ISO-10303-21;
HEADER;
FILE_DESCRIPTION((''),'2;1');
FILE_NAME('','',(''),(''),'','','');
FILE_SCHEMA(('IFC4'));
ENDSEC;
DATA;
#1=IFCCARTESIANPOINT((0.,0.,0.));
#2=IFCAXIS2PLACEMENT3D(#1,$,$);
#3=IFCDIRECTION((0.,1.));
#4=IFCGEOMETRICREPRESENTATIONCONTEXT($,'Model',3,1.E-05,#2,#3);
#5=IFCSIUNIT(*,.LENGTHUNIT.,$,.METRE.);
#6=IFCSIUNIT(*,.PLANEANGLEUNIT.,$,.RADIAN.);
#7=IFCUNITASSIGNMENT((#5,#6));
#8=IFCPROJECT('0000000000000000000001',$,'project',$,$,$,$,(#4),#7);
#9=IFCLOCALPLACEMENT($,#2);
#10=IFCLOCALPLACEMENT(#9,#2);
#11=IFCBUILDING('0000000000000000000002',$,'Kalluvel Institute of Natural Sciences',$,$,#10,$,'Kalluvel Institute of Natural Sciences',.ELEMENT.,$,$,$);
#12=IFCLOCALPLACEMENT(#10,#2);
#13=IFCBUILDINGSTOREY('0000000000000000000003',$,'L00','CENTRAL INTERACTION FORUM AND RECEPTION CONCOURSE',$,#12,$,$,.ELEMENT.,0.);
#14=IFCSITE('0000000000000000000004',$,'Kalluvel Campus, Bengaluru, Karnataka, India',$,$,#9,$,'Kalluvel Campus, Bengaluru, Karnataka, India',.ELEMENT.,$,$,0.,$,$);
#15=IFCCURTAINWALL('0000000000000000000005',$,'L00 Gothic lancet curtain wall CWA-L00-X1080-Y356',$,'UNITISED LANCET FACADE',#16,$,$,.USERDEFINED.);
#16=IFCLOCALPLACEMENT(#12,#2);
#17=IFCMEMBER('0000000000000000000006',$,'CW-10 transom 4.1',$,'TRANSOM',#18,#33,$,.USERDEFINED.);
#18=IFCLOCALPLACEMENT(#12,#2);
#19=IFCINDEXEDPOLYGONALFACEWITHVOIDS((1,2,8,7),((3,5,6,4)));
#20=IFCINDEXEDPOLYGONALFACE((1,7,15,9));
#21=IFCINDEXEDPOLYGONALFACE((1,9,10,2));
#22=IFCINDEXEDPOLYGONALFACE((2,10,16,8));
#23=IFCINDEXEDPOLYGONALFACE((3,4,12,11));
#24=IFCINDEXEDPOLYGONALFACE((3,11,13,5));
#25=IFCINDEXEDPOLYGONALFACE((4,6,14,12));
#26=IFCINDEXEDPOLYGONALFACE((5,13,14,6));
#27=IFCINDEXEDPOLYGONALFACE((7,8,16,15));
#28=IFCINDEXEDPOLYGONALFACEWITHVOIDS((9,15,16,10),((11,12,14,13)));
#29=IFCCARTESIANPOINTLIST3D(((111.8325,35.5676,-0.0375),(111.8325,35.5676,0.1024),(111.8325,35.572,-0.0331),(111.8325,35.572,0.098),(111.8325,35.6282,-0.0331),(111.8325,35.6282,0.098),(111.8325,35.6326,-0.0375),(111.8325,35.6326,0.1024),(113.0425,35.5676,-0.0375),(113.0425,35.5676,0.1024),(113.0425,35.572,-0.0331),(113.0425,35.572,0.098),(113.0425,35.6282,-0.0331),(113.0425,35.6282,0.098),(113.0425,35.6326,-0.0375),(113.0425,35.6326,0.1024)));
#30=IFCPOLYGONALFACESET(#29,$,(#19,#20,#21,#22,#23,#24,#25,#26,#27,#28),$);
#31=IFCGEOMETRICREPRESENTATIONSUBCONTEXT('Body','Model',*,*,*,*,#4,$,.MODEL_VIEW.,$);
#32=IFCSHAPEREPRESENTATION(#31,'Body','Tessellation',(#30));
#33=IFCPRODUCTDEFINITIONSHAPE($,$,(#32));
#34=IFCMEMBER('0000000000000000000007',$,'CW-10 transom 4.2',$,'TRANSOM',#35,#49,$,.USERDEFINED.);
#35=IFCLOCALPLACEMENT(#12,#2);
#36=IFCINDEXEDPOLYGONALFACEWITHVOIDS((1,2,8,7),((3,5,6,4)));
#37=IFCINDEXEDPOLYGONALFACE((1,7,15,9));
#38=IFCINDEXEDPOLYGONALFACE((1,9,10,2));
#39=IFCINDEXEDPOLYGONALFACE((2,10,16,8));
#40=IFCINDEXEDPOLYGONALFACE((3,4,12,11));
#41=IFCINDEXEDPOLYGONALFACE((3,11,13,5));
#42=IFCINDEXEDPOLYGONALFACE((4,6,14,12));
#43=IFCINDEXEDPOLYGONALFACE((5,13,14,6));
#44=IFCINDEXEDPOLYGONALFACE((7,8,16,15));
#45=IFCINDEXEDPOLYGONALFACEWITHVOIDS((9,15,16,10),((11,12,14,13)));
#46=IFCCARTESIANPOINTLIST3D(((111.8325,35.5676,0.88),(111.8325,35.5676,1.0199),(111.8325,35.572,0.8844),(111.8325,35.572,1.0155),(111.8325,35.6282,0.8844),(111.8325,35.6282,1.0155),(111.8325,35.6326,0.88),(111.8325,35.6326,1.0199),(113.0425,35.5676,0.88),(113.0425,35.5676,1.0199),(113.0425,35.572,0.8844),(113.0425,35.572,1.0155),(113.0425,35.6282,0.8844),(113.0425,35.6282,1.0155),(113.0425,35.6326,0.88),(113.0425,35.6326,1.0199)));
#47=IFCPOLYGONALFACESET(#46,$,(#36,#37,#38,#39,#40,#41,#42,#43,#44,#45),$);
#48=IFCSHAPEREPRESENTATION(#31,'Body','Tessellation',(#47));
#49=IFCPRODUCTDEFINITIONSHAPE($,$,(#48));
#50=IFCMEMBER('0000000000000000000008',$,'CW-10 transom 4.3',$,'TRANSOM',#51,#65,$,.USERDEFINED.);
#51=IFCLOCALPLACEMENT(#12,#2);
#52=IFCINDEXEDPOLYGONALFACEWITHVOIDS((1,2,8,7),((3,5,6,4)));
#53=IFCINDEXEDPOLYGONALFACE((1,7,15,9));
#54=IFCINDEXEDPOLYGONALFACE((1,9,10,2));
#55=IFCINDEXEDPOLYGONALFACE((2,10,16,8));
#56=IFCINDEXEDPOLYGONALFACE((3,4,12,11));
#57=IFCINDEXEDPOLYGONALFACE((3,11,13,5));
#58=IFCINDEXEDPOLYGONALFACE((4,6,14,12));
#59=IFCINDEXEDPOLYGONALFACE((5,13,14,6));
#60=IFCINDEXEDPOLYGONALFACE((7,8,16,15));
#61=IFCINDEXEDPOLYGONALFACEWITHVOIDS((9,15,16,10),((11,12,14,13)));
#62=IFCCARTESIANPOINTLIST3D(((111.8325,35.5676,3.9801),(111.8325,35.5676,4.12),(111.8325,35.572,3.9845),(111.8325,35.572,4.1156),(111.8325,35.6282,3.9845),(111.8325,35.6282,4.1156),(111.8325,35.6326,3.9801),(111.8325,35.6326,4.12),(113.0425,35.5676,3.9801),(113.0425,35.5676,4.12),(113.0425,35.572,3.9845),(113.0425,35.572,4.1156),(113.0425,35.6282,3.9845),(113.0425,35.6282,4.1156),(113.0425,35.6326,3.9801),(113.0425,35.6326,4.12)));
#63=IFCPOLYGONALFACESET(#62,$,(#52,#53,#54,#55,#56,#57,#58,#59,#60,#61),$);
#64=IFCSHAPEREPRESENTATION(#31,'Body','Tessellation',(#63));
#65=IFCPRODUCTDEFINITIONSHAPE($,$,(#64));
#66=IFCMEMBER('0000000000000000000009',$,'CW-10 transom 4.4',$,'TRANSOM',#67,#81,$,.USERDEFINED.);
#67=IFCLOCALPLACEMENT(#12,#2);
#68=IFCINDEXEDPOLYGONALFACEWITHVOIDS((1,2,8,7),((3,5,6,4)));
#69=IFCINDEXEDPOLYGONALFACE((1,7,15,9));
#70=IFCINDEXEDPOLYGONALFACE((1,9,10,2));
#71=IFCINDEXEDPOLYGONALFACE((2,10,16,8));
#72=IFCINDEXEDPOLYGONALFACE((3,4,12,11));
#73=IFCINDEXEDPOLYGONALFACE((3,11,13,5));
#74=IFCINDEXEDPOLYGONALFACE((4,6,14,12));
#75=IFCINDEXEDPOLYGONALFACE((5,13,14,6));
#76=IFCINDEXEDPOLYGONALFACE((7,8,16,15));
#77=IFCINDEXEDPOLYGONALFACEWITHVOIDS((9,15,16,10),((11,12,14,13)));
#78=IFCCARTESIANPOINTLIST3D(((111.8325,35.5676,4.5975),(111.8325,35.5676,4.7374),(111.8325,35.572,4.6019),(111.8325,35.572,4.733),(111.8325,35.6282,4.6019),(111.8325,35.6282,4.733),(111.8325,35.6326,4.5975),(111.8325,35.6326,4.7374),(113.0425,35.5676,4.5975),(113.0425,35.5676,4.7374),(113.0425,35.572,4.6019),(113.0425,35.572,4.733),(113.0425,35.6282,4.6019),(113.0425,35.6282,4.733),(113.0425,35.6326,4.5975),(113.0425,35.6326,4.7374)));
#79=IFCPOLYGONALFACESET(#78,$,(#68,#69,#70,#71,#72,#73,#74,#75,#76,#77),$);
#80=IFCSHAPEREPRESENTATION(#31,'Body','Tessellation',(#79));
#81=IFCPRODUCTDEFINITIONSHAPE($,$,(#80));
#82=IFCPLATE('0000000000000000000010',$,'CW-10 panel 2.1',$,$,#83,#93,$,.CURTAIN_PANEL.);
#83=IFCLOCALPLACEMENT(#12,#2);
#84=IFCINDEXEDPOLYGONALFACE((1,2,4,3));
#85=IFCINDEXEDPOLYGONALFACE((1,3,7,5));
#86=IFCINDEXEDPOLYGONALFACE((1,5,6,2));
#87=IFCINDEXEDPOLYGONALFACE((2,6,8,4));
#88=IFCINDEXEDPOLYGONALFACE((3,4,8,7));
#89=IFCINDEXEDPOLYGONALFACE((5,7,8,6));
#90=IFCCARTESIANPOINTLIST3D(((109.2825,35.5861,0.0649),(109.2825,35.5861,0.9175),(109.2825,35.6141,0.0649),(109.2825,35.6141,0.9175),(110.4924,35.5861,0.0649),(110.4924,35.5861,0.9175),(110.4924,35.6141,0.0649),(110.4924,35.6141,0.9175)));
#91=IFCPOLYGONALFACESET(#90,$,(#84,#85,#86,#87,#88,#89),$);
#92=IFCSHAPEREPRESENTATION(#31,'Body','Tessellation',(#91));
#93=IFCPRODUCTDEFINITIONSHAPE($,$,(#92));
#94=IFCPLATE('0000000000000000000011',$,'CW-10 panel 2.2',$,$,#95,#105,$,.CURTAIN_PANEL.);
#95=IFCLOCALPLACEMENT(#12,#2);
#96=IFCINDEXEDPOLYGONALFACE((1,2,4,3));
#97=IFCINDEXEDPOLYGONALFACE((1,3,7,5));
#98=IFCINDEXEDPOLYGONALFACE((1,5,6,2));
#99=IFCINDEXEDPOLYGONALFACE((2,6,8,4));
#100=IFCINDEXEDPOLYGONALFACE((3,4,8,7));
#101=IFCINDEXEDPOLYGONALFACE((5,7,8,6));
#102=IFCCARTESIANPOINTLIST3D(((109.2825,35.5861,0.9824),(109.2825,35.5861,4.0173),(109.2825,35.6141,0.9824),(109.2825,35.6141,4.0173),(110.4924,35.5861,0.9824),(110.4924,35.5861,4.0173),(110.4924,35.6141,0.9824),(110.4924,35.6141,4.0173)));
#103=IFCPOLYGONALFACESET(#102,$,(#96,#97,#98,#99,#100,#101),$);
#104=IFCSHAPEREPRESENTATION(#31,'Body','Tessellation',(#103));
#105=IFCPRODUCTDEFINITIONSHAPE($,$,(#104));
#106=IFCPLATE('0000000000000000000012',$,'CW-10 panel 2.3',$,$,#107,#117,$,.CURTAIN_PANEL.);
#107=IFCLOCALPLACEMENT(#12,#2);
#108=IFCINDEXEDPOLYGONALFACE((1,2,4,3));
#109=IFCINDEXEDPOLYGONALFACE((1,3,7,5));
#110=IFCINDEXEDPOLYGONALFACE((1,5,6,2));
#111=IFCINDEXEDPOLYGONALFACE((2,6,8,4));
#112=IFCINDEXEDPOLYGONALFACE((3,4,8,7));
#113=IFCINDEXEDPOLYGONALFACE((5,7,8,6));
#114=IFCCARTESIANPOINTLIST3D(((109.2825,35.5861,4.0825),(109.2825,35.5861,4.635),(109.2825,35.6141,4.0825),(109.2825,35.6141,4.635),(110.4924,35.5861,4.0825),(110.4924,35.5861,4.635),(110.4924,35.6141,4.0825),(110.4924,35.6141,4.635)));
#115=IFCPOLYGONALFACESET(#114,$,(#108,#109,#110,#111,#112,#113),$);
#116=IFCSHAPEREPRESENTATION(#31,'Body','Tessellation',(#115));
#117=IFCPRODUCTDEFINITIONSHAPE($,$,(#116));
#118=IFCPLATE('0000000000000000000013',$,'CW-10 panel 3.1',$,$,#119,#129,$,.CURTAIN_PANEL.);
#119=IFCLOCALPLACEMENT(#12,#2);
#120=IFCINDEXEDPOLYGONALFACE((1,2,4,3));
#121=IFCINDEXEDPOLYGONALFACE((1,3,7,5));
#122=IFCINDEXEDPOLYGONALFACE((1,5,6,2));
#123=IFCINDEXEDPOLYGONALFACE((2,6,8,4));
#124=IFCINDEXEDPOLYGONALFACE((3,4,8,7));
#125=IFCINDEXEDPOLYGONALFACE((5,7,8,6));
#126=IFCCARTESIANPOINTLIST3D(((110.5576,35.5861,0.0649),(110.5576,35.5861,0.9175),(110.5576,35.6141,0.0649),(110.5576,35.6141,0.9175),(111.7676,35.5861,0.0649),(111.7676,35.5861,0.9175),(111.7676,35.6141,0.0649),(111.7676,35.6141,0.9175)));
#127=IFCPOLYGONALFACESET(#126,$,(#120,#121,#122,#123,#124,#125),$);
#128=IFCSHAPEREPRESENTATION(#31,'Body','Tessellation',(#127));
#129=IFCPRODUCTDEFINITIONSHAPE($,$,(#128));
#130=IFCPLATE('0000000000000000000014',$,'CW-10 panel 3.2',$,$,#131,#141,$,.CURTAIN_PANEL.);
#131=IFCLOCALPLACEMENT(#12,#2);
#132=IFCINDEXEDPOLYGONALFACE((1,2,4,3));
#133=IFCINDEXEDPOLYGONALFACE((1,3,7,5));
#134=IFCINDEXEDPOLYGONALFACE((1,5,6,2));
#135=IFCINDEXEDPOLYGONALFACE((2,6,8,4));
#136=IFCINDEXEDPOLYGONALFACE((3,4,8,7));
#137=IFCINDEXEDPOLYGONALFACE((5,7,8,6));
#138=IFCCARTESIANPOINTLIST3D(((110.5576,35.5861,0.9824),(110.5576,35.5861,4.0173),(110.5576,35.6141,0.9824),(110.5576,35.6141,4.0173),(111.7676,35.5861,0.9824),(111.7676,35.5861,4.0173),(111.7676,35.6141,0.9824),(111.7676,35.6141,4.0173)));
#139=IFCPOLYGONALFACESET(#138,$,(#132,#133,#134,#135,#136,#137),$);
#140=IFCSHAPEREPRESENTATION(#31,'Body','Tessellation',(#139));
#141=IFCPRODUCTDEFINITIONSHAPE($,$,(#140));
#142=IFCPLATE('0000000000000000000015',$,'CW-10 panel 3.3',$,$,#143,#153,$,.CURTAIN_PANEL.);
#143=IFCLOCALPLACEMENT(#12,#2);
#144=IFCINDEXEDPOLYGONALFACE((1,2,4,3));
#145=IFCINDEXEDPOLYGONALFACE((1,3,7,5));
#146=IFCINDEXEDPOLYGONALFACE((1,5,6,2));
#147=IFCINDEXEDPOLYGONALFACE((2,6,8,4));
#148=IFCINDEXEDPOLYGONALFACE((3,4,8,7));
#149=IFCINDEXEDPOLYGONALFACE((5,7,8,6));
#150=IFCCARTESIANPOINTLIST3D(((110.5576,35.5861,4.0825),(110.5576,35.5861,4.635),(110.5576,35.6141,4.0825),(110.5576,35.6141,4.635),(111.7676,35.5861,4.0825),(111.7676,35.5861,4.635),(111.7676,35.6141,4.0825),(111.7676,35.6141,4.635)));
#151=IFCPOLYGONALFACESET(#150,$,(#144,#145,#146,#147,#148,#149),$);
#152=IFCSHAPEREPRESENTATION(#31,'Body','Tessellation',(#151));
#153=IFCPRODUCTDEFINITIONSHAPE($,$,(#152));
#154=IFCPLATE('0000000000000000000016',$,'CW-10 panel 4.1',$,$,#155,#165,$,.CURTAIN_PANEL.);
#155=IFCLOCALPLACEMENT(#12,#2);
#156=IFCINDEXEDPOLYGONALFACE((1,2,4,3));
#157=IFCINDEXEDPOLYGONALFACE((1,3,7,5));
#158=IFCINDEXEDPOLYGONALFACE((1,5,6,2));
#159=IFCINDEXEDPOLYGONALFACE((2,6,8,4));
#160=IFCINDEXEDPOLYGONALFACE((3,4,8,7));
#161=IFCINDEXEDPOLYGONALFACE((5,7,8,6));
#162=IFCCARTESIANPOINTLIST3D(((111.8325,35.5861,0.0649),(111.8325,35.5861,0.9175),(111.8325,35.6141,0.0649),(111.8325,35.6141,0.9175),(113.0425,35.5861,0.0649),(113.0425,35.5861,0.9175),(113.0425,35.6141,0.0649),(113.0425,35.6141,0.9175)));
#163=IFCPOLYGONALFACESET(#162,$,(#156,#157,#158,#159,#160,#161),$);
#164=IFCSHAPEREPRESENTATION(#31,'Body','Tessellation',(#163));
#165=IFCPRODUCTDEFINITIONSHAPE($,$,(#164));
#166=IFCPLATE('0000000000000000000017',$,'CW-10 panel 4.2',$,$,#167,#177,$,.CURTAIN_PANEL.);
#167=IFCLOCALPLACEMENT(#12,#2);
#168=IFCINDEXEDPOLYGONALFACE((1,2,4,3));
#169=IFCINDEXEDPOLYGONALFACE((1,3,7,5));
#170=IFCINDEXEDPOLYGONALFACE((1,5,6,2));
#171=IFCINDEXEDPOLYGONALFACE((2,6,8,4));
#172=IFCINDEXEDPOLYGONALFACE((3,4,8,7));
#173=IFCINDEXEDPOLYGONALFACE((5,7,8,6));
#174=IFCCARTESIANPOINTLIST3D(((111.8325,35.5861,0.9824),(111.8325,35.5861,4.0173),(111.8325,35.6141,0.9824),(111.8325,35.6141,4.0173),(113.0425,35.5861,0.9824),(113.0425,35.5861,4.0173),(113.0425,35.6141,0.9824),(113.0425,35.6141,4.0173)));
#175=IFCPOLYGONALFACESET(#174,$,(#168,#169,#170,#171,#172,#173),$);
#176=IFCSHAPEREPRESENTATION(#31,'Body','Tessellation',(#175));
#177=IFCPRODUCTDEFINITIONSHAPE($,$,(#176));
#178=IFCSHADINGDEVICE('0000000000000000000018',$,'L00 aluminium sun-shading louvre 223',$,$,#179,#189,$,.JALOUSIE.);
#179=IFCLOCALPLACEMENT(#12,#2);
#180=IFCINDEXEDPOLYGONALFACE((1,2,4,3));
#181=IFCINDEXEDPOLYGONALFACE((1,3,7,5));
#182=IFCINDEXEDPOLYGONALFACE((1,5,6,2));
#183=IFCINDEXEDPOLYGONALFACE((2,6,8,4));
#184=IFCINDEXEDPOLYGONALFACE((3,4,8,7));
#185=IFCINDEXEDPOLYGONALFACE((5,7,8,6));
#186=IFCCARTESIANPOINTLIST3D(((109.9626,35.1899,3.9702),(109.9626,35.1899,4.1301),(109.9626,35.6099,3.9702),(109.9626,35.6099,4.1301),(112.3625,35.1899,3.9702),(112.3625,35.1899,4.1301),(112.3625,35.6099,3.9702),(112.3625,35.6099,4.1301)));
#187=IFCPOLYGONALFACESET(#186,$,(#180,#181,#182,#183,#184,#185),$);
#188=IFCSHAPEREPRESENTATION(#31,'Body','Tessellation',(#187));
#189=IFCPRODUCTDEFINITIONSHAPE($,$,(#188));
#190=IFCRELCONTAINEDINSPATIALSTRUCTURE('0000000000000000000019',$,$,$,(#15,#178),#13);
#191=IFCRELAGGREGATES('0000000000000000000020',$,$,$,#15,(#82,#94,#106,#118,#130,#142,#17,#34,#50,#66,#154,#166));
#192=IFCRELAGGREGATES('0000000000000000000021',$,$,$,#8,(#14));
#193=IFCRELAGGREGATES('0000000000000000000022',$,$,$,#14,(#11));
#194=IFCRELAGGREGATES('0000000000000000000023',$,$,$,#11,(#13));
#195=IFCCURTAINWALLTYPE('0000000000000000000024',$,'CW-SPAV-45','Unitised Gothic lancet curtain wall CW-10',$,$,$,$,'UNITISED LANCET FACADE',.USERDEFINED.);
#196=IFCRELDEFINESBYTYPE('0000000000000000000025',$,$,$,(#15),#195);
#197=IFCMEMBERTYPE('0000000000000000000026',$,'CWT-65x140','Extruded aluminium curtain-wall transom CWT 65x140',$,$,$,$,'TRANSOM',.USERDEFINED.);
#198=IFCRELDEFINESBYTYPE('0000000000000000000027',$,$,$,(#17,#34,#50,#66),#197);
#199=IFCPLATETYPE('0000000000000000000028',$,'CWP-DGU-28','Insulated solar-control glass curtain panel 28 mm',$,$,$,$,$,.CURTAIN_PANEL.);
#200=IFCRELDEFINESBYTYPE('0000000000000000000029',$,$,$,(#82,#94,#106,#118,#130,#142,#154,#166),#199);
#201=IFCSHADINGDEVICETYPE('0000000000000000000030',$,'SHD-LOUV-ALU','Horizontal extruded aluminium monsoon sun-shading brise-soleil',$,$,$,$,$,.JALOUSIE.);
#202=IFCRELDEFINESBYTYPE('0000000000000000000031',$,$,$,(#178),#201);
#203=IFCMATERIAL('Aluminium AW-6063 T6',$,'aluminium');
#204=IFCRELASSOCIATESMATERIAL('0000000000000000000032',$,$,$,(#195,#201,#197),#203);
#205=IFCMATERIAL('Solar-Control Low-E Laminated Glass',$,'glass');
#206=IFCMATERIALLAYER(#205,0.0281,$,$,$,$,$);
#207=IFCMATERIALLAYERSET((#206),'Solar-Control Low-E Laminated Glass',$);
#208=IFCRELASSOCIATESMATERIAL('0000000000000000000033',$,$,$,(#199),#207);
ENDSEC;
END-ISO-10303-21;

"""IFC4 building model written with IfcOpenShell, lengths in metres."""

from ifc_helpers import new_model, si_unit, direction, frame, origin, origin_2d, place, context, subcontext, project, spatial, rectangle, hollow_rectangle, extrude, material, layer, layer_set, material_profile, profile_set, type_object, element, aggregate, save


model = new_model("IFC4")

# Units and contexts
model_context = context("Model", 3, precision=1e-05, world=origin(), true_north=direction((0.0, 1.0)))
body_context = subcontext(model_context, "Body", "Model", "MODEL_VIEW")
ifc_project = project(units=[si_unit("LENGTHUNIT", "METRE"), si_unit("PLANEANGLEUNIT", "RADIAN")], contexts=[model_context])

# Site, building, storey
site_placement = place(None, origin())
site = spatial("IfcSite", under=ifc_project, at=site_placement, Name="Kalluvel Campus, Bengaluru, Karnataka, India", LongName="Kalluvel Campus, Bengaluru, Karnataka, India", CompositionType="ELEMENT", RefElevation=0.0)
building_placement = place(site_placement, origin())
building = spatial("IfcBuilding", under=site, at=building_placement, Name="Kalluvel Institute of Natural Sciences", LongName="Kalluvel Institute of Natural Sciences", CompositionType="ELEMENT")
storey_placement = place(building_placement, origin())
storey = spatial("IfcBuildingStorey", under=building, at=storey_placement, Name="L00", Description="CENTRAL INTERACTION FORUM AND RECEPTION CONCOURSE", CompositionType="ELEMENT", Elevation=0.0)

# Curtain wall, members, plates
ifc_material_1 = material(Name="Aluminium AW-6063 T6", Category="aluminium")
curtain_wall_type = type_object("IfcCurtainWallType", Name="CW-SPAV-45", Description="Unitised Gothic lancet curtain wall CW-10", ElementType="UNITISED LANCET FACADE", PredefinedType="USERDEFINED", material=ifc_material_1)
curtain_wall_placement = place(storey_placement, origin())
curtain_wall = element("IfcCurtainWall", 1, at=curtain_wall_placement, inside=storey, type_object=curtain_wall_type, Name="L00 Gothic lancet curtain wall CWA-L00-X1080-Y356", ObjectType="UNITISED LANCET FACADE", PredefinedType="USERDEFINED")
ifc_material_profile_1 = material_profile(ifc_material_1, hollow_rectangle(XDim=0.0649, YDim=0.1399, WallThickness=0.0044, at=origin_2d()), Name="CWT 65x140")
ifc_profile_set_1 = profile_set([ifc_material_profile_1], Name="Aluminium AW-6063 T6")
member_type_1 = type_object("IfcMemberType", Name="CWT-65x140", Description="Extruded aluminium curtain-wall transom CWT 65x140", ElementType="TRANSOM", PredefinedType="USERDEFINED", material=ifc_profile_set_1)
member_1_placement = place(storey_placement, frame((111.8325, 35.6001, 0.0325), z_axis=(1.0, 0.0, 0.0), x_axis=(0.0, 1.0, 0.0)))
member_1 = element("IfcMember", 2, at=member_1_placement, type_object=member_type_1, Name="CW-10 transom 4.1", ObjectType="TRANSOM", PredefinedType="USERDEFINED", context=body_context, shape_type="SweptSolid", body=[
    extrude(hollow_rectangle(XDim=0.0649, YDim=0.1399, WallThickness=0.0044, at=origin_2d()), origin(), (0.0, 0.0, 1.0), 1.21),
])
member_2_placement = place(storey_placement, frame((111.8325, 35.6001, 0.95), z_axis=(1.0, 0.0, 0.0), x_axis=(0.0, 1.0, 0.0)))
member_2 = element("IfcMember", 3, at=member_2_placement, type_object=member_type_1, Name="CW-10 transom 4.2", ObjectType="TRANSOM", PredefinedType="USERDEFINED", context=body_context, shape_type="SweptSolid", body=[
    extrude(hollow_rectangle(XDim=0.0649, YDim=0.1399, WallThickness=0.0044, at=origin_2d()), origin(), (0.0, 0.0, 1.0), 1.21),
])
member_3_placement = place(storey_placement, frame((111.8325, 35.6001, 4.05), z_axis=(1.0, 0.0, 0.0), x_axis=(0.0, 1.0, 0.0)))
member_3 = element("IfcMember", 4, at=member_3_placement, type_object=member_type_1, Name="CW-10 transom 4.3", ObjectType="TRANSOM", PredefinedType="USERDEFINED", context=body_context, shape_type="SweptSolid", body=[
    extrude(hollow_rectangle(XDim=0.0649, YDim=0.1399, WallThickness=0.0044, at=origin_2d()), origin(), (0.0, 0.0, 1.0), 1.21),
])
member_4_placement = place(storey_placement, frame((111.8325, 35.6001, 4.6675), z_axis=(1.0, 0.0, 0.0), x_axis=(0.0, 1.0, 0.0)))
member_4 = element("IfcMember", 5, at=member_4_placement, type_object=member_type_1, Name="CW-10 transom 4.4", ObjectType="TRANSOM", PredefinedType="USERDEFINED", context=body_context, shape_type="SweptSolid", body=[
    extrude(hollow_rectangle(XDim=0.0649, YDim=0.1399, WallThickness=0.0044, at=origin_2d()), origin(), (0.0, 0.0, 1.0), 1.21),
])
ifc_material_2 = material(Name="Solar-Control Low-E Laminated Glass", Category="glass")
ifc_layer = layer(ifc_material_2, 0.0281)
ifc_layer_set = layer_set([ifc_layer], Name="Solar-Control Low-E Laminated Glass")
plate_type = type_object("IfcPlateType", Name="CWP-DGU-28", Description="Insulated solar-control glass curtain panel 28 mm", PredefinedType="CURTAIN_PANEL", material=ifc_layer_set)
plate_1_placement = place(storey_placement, frame((109.8875, 35.6001, 0.0649), z_axis=(0.0, 0.0, 1.0), x_axis=(1.0, 0.0, 0.0)))
plate_1 = element("IfcPlate", 6, at=plate_1_placement, type_object=plate_type, Name="CW-10 panel 2.1", PredefinedType="CURTAIN_PANEL", context=body_context, shape_type="SweptSolid", body=[
    extrude(rectangle(XDim=1.21, YDim=0.0281, at=origin_2d()), origin(), (0.0, 0.0, 1.0), 0.8525),
])
plate_2_placement = place(storey_placement, frame((109.8875, 35.6001, 0.9824), z_axis=(0.0, 0.0, 1.0), x_axis=(1.0, 0.0, 0.0)))
plate_2 = element("IfcPlate", 7, at=plate_2_placement, type_object=plate_type, Name="CW-10 panel 2.2", PredefinedType="CURTAIN_PANEL", context=body_context, shape_type="SweptSolid", body=[
    extrude(rectangle(XDim=1.21, YDim=0.0281, at=origin_2d()), origin(), (0.0, 0.0, 1.0), 3.0349),
])
plate_3_placement = place(storey_placement, frame((109.8875, 35.6001, 4.0825), z_axis=(0.0, 0.0, 1.0), x_axis=(1.0, 0.0, 0.0)))
plate_3 = element("IfcPlate", 8, at=plate_3_placement, type_object=plate_type, Name="CW-10 panel 2.3", PredefinedType="CURTAIN_PANEL", context=body_context, shape_type="SweptSolid", body=[
    extrude(rectangle(XDim=1.21, YDim=0.0281, at=origin_2d()), origin(), (0.0, 0.0, 1.0), 0.5525),
])
plate_4_placement = place(storey_placement, frame((111.1626, 35.6001, 0.0649), z_axis=(0.0, 0.0, 1.0), x_axis=(1.0, 0.0, 0.0)))
plate_4 = element("IfcPlate", 9, at=plate_4_placement, type_object=plate_type, Name="CW-10 panel 3.1", PredefinedType="CURTAIN_PANEL", context=body_context, shape_type="SweptSolid", body=[
    extrude(rectangle(XDim=1.21, YDim=0.0281, at=origin_2d()), origin(), (0.0, 0.0, 1.0), 0.8525),
])
plate_5_placement = place(storey_placement, frame((111.1626, 35.6001, 0.9824), z_axis=(0.0, 0.0, 1.0), x_axis=(1.0, 0.0, 0.0)))
plate_5 = element("IfcPlate", 10, at=plate_5_placement, type_object=plate_type, Name="CW-10 panel 3.2", PredefinedType="CURTAIN_PANEL", context=body_context, shape_type="SweptSolid", body=[
    extrude(rectangle(XDim=1.21, YDim=0.0281, at=origin_2d()), origin(), (0.0, 0.0, 1.0), 3.0349),
])
plate_6_placement = place(storey_placement, frame((111.1626, 35.6001, 4.0825), z_axis=(0.0, 0.0, 1.0), x_axis=(1.0, 0.0, 0.0)))
plate_6 = element("IfcPlate", 11, at=plate_6_placement, type_object=plate_type, Name="CW-10 panel 3.3", PredefinedType="CURTAIN_PANEL", context=body_context, shape_type="SweptSolid", body=[
    extrude(rectangle(XDim=1.21, YDim=0.0281, at=origin_2d()), origin(), (0.0, 0.0, 1.0), 0.5525),
])
plate_7_placement = place(storey_placement, frame((112.4375, 35.6001, 0.0649), z_axis=(0.0, 0.0, 1.0), x_axis=(1.0, 0.0, 0.0)))
plate_7 = element("IfcPlate", 12, at=plate_7_placement, type_object=plate_type, Name="CW-10 panel 4.1", PredefinedType="CURTAIN_PANEL", context=body_context, shape_type="SweptSolid", body=[
    extrude(rectangle(XDim=1.21, YDim=0.0281, at=origin_2d()), origin(), (0.0, 0.0, 1.0), 0.8525),
])
plate_8_placement = place(storey_placement, frame((112.4375, 35.6001, 0.9824), z_axis=(0.0, 0.0, 1.0), x_axis=(1.0, 0.0, 0.0)))
plate_8 = element("IfcPlate", 13, at=plate_8_placement, type_object=plate_type, Name="CW-10 panel 4.2", PredefinedType="CURTAIN_PANEL", context=body_context, shape_type="SweptSolid", body=[
    extrude(rectangle(XDim=1.21, YDim=0.0281, at=origin_2d()), origin(), (0.0, 0.0, 1.0), 3.0349),
])
aggregate(curtain_wall, [plate_1, plate_2, plate_3, plate_4, plate_5, plate_6, member_1, member_2, member_3, member_4, plate_7, plate_8])

# Shading device
shading_device_type = type_object("IfcShadingDeviceType", Name="SHD-LOUV-ALU", Description="Horizontal extruded aluminium monsoon sun-shading brise-soleil", PredefinedType="JALOUSIE", material=ifc_material_1)
shading_device_placement = place(storey_placement, frame((111.1626, 35.3999, 3.9702), z_axis=(0.0, 0.0, 1.0), x_axis=(1.0, 0.0, 0.0)))
element("IfcShadingDevice", 14, at=shading_device_placement, inside=storey, type_object=shading_device_type, Name="L00 aluminium sun-shading louvre 223", PredefinedType="JALOUSIE", context=body_context, shape_type="SweptSolid", body=[
    extrude(rectangle(XDim=2.3999, YDim=0.4199, at=origin_2d()), origin(), (0.0, 0.0, 1.0), 0.1599),
])

save(model, "model.ifc")
